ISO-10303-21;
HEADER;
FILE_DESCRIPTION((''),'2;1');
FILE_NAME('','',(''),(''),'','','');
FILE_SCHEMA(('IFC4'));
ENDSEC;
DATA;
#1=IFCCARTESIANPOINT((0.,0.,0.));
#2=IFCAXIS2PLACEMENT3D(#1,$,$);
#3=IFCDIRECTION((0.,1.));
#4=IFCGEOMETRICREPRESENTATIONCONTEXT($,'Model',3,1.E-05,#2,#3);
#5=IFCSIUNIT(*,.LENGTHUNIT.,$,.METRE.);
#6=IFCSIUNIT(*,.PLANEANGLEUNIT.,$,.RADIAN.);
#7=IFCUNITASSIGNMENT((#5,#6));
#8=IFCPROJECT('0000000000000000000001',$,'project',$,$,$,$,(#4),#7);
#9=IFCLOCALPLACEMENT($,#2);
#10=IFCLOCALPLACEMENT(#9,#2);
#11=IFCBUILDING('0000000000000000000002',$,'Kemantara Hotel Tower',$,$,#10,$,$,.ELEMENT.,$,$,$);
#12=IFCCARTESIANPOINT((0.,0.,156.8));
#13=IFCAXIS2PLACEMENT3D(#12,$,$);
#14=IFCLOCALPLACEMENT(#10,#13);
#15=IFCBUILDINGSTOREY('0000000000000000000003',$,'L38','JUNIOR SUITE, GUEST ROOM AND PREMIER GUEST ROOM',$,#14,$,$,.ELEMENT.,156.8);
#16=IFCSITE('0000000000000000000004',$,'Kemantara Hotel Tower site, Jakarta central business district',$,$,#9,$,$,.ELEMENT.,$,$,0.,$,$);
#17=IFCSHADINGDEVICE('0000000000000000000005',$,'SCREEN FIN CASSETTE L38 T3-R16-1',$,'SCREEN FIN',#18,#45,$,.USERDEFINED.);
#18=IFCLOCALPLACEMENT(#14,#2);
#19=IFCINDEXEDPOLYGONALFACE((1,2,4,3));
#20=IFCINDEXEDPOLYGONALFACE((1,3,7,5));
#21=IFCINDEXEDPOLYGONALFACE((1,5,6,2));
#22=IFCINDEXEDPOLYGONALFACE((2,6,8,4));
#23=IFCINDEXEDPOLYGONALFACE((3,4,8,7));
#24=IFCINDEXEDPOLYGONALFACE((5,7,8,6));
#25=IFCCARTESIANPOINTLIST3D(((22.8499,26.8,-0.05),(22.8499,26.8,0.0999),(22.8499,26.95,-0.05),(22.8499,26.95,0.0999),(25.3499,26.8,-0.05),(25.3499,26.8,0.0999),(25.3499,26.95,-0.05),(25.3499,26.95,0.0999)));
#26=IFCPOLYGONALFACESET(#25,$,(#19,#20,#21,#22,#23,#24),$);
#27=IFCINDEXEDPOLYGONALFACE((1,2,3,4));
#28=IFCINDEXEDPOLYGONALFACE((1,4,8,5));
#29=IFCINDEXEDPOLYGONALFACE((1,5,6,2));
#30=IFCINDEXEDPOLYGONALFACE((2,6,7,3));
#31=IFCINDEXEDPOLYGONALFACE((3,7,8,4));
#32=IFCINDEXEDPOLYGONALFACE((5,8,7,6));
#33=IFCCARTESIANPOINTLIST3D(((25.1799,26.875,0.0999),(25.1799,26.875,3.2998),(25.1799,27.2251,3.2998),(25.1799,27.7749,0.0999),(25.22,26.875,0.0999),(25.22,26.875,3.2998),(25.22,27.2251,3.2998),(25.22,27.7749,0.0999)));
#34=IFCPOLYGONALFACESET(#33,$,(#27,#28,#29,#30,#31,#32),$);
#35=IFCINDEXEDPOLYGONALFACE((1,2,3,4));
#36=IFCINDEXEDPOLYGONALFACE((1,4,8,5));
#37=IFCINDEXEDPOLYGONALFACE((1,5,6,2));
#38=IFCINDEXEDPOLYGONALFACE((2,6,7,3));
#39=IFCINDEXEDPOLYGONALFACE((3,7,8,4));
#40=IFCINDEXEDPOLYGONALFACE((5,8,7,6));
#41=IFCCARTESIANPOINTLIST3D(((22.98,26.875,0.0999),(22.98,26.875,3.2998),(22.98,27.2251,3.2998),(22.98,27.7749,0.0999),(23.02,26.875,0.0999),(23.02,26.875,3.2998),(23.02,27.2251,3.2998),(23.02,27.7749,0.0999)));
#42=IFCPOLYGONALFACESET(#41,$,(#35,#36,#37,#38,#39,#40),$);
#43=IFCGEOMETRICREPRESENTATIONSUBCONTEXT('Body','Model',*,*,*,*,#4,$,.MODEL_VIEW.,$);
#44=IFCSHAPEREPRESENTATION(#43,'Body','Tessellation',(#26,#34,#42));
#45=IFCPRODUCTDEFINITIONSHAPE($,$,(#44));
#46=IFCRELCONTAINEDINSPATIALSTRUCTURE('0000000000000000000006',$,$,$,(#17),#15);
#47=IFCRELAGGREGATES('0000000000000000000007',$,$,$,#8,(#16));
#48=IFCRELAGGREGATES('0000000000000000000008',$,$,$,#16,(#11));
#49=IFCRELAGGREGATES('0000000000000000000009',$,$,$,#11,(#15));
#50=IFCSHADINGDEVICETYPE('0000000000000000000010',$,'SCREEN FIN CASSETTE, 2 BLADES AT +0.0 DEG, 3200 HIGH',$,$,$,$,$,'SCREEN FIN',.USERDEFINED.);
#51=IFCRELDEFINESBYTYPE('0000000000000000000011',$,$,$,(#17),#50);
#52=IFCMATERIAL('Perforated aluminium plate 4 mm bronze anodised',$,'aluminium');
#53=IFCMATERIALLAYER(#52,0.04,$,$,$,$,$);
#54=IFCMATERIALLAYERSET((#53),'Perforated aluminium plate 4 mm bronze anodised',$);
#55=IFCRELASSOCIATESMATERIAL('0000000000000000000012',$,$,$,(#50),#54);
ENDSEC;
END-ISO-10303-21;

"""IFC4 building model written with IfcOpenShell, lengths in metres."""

from ifc_helpers import new_model, si_unit, direction, frame, origin, origin_2d, place, context, subcontext, project, spatial, polyline, rectangle, outline, extrude, source, transform, mapped, material, layer, layer_set, type_object, element, save


model = new_model("IFC4")

# Units and contexts
model_context = context("Model", 3, precision=1e-05, world=origin(), true_north=direction((0.0, 1.0)))
body_context = subcontext(model_context, "Body", "Model", "MODEL_VIEW")
ifc_project = project(units=[si_unit("LENGTHUNIT", "METRE"), si_unit("PLANEANGLEUNIT", "RADIAN")], contexts=[model_context])

# Site, building, storey
site_placement = place(None, origin())
site = spatial("IfcSite", under=ifc_project, at=site_placement, Name="Kemantara Hotel Tower site, Jakarta central business district", CompositionType="ELEMENT", RefElevation=0.0)
building_placement = place(site_placement, origin())
building = spatial("IfcBuilding", under=site, at=building_placement, Name="Kemantara Hotel Tower", CompositionType="ELEMENT")
storey_placement = place(building_placement, frame((0.0, 0.0, 156.8)))
storey = spatial("IfcBuildingStorey", under=building, at=storey_placement, Name="L38", Description="JUNIOR SUITE, GUEST ROOM AND PREMIER GUEST ROOM", CompositionType="ELEMENT", Elevation=156.8)

# Shading device
ifc_material_1 = material(Name="Perforated aluminium plate 4 mm bronze anodised", Category="aluminium")
ifc_layer_1 = layer(ifc_material_1, 0.04)
ifc_layer_set_1 = layer_set([ifc_layer_1], Name="Perforated aluminium plate 4 mm bronze anodised")
shading_device_type_1 = type_object("IfcShadingDeviceType", Name="SCREEN FIN CASSETTE, 2 BLADES AT +0.0 DEG, 3200 HIGH", ElementType="SCREEN FIN", PredefinedType="USERDEFINED", material=ifc_layer_set_1)
shared_shape_1 = source(origin(), body_context, "Body", "SweptSolid", [
    extrude(rectangle(XDim=2.5, YDim=0.1499, at=origin_2d()), frame((1.1001, -0.075, -0.1499), z_axis=(0.0, 0.0, 1.0), x_axis=(1.0, 0.0, 0.0)), (0.0, 0.0, 1.0), 0.1499),
    extrude(outline(polyline([(0.0, 0.0), (0.8999, 0.0), (0.3501, 3.2), (0.0, 3.2), (0.0, 0.0)])), frame((0.02, -0.075, 0.0), z_axis=(-1.0, 0.0, 0.0), x_axis=(0.0, -1.0, 0.0)), (0.0, 0.0, 1.0), 0.04),
    extrude(outline(polyline([(0.0, 0.0), (0.8999, 0.0), (0.3501, 3.2), (0.0, 3.2), (0.0, 0.0)])), frame((2.22, -0.075, 0.0), z_axis=(-1.0, 0.0, 0.0), x_axis=(0.0, -1.0, 0.0)), (0.0, 0.0, 1.0), 0.04),
])
for number, where, z_axis, x_axis, name in (
    (1, (25.2, 26.8, 0.0999), (0.0, 0.0, 1.0), (-1.0, 0.0, 0.0), "SCREEN FIN CASSETTE L38 T3-R16-1"),
):
    element("IfcShadingDevice", number, at=place(storey_placement, frame(where, z_axis=z_axis, x_axis=x_axis)), inside=storey, type_object=shading_device_type_1, Name=name, ObjectType="SCREEN FIN", PredefinedType="USERDEFINED", context=body_context, shape_type="MappedRepresentation", body=[
        mapped(shared_shape_1, transform((0.0, 0.0, 0.0))),
    ])

save(model, "model.ifc")
